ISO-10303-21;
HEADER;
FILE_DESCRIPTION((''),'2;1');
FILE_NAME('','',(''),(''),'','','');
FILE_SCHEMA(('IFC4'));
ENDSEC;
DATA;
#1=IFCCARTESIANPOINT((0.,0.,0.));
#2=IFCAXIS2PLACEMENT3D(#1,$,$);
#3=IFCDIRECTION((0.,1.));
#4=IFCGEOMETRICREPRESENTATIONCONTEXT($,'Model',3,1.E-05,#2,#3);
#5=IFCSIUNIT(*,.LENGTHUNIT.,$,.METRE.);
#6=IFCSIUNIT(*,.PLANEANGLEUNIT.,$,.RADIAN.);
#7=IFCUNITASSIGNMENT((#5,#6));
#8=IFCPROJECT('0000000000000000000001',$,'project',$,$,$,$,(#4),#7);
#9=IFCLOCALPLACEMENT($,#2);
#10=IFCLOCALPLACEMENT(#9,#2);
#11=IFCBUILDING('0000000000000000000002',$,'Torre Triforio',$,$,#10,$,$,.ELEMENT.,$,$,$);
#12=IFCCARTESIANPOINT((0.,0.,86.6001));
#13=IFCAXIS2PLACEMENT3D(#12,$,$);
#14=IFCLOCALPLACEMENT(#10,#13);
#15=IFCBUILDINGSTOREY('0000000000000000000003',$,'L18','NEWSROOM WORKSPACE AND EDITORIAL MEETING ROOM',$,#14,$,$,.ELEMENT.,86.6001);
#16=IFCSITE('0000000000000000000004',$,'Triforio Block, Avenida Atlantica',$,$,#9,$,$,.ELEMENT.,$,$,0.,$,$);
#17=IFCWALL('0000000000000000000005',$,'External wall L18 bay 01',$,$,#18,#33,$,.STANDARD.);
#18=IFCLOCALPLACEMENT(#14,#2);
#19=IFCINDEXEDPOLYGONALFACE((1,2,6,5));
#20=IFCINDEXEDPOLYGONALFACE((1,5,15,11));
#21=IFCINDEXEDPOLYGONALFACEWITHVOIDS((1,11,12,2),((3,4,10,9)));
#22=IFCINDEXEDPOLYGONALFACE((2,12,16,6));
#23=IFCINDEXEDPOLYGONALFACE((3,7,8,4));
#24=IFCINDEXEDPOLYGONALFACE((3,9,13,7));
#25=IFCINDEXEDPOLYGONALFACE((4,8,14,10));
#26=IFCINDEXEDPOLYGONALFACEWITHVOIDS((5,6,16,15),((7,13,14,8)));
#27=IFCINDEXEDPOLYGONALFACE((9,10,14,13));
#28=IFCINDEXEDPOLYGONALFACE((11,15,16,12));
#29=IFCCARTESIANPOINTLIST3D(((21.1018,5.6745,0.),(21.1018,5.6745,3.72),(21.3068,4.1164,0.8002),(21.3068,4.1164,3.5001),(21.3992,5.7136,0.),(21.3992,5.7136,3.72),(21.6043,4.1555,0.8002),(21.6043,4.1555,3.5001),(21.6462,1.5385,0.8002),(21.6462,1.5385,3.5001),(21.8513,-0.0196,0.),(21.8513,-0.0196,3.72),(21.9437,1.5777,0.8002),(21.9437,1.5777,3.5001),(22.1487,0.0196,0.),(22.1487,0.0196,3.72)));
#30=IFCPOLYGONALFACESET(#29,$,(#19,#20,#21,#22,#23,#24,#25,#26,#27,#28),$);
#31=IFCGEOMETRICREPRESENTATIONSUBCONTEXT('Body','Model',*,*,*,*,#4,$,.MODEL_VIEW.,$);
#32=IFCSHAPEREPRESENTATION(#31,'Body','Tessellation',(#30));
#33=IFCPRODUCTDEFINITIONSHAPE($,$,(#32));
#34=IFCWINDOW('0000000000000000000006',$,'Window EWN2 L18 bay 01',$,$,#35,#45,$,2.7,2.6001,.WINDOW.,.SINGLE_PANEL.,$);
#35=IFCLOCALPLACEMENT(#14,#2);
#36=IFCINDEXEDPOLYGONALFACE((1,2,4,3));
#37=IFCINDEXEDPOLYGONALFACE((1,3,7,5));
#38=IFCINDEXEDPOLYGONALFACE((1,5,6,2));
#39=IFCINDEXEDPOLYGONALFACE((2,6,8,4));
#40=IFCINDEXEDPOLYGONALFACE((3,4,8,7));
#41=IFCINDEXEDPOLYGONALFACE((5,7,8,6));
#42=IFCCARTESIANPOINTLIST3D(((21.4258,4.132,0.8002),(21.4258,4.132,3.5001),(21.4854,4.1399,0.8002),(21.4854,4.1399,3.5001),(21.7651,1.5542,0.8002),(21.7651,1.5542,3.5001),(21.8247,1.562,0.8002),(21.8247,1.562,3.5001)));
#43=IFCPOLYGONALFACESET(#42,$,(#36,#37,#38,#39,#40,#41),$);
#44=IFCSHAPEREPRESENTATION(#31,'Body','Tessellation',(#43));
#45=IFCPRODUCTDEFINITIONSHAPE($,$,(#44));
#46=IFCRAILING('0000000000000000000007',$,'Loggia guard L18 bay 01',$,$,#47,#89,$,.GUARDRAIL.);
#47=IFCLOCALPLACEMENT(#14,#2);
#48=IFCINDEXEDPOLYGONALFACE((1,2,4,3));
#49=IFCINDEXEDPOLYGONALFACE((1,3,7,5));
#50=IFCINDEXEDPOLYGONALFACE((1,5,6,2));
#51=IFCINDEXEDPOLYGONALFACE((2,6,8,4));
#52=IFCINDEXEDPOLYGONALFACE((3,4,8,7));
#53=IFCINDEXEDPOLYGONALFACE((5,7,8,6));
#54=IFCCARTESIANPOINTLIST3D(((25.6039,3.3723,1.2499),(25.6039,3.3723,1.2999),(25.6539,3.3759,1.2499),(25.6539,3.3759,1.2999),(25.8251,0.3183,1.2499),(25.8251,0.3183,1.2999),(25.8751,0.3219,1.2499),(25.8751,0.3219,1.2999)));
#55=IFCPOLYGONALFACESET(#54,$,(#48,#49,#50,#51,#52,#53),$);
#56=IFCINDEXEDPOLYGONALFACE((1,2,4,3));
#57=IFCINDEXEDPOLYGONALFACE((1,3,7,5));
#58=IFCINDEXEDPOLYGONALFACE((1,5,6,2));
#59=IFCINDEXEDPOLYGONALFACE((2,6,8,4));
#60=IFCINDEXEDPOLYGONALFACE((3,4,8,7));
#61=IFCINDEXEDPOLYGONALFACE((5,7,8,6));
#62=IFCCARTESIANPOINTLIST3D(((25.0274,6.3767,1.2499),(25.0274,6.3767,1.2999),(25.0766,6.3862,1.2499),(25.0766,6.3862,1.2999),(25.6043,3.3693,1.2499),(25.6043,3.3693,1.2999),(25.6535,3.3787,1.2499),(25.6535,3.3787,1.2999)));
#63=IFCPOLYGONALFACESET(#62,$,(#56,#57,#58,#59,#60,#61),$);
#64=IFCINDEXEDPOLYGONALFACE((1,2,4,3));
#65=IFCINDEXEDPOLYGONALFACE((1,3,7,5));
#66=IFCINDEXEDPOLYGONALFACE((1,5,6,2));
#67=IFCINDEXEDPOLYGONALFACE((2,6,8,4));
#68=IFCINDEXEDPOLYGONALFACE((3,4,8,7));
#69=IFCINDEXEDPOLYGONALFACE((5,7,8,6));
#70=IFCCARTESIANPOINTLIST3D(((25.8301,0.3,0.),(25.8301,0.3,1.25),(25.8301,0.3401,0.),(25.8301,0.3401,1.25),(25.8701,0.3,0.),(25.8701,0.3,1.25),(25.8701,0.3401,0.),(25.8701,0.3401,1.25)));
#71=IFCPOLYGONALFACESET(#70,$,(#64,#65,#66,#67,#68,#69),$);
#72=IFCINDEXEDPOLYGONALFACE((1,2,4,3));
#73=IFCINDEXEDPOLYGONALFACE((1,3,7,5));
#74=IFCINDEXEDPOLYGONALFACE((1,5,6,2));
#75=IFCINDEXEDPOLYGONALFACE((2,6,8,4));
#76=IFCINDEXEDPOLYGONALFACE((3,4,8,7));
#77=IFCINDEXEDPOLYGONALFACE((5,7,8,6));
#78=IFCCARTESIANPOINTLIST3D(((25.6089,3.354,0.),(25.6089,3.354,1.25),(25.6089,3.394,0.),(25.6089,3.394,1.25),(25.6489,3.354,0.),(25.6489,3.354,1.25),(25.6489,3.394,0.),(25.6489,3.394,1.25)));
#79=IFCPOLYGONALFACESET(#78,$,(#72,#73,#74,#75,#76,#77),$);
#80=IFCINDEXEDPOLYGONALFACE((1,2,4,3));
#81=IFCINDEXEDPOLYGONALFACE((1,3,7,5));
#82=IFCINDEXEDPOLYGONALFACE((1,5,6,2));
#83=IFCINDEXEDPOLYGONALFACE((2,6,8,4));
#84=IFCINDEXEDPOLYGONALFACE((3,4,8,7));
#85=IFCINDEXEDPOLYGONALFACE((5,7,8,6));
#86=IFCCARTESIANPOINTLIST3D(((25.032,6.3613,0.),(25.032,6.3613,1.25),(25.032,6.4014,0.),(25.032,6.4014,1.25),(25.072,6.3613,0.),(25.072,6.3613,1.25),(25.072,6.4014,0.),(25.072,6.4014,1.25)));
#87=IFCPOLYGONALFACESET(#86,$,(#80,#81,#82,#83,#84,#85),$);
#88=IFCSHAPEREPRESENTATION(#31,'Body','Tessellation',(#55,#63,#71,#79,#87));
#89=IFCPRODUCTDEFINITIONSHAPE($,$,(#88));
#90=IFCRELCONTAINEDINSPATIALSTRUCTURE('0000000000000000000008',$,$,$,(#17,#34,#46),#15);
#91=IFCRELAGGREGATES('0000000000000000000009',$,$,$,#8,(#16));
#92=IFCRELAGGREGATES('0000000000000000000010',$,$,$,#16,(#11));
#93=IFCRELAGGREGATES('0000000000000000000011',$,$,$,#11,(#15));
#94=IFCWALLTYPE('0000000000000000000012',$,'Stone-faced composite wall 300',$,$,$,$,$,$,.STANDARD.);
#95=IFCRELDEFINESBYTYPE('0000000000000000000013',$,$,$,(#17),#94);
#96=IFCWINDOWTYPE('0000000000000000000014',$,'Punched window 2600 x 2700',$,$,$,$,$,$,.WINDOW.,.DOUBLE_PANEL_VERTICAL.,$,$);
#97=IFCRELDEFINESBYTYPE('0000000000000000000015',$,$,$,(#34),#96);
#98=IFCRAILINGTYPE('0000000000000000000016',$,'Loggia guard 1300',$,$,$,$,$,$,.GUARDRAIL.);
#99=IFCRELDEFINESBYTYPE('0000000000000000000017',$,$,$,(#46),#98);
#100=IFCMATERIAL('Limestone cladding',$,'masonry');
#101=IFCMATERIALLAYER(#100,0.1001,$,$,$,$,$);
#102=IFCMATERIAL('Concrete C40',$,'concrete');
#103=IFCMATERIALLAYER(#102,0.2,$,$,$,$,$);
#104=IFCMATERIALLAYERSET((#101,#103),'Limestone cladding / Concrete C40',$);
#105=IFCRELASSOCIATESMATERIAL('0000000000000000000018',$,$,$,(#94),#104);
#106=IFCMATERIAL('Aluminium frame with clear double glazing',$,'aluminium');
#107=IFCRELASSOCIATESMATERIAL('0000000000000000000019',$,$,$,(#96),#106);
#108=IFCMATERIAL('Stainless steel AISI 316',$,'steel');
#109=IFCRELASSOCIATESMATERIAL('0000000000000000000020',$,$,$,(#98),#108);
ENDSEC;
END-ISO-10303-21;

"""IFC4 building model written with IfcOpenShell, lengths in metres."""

from ifc_helpers import new_model, si_unit, direction, frame, frame_2d, origin, origin_2d, place, context, subcontext, project, spatial, rectangle, extrude, material, layer, layer_set, type_object, element, fill, save


model = new_model("IFC4")

# Units and contexts
model_context = context("Model", 3, precision=1e-05, world=origin(), true_north=direction((0.0, 1.0)))
body_context = subcontext(model_context, "Body", "Model", "MODEL_VIEW")
ifc_project = project(units=[si_unit("LENGTHUNIT", "METRE"), si_unit("PLANEANGLEUNIT", "RADIAN")], contexts=[model_context])

# Site, building, storey
site_placement = place(None, origin())
site = spatial("IfcSite", under=ifc_project, at=site_placement, Name="Triforio Block, Avenida Atlantica", CompositionType="ELEMENT", RefElevation=0.0)
building_placement = place(site_placement, origin())
building = spatial("IfcBuilding", under=site, at=building_placement, Name="Torre Triforio", CompositionType="ELEMENT")
storey_placement = place(building_placement, frame((0.0, 0.0, 86.6001)))
storey = spatial("IfcBuildingStorey", under=building, at=storey_placement, Name="L18", Description="NEWSROOM WORKSPACE AND EDITORIAL MEETING ROOM", CompositionType="ELEMENT", Elevation=86.6001)

# Shared definitions
ifc_material_1 = material(Name="Limestone cladding", Category="masonry")
ifc_material_2 = material(Name="Concrete C40", Category="concrete")

# Wall, opening, window
ifc_layer_1 = layer(ifc_material_1, 0.1001)
ifc_layer_2 = layer(ifc_material_2, 0.2)
ifc_layer_set_1 = layer_set([ifc_layer_1, ifc_layer_2], Name="Limestone cladding / Concrete C40")
wall_type_1 = type_object("IfcWallType", Name="Stone-faced composite wall 300", PredefinedType="STANDARD", material=ifc_layer_set_1)
wall_1_placement = place(storey_placement, frame((22.0, 0.0, 0.0), z_axis=(0.0, 0.0, 1.0), x_axis=(-0.130504, 0.991448, 0.0)))
wall_1 = element("IfcWall", 1, at=wall_1_placement, inside=storey, type_object=wall_type_1, Name="External wall L18 bay 01", PredefinedType="STANDARD", context=body_context, shape_type="SweptSolid", body=[
    extrude(rectangle(XDim=5.7432, YDim=0.3, at=frame_2d((2.8716, 0.0))), origin(), (0.0, 0.0, 1.0), 3.72),
])
opening_1_placement = place(wall_1_placement, frame((1.5715, 0.0, 0.8)))
opening_1 = element("IfcOpeningElement", 2, at=opening_1_placement, cuts=wall_1, PredefinedType="OPENING", context=body_context, shape_type="SweptSolid", body=[
    extrude(rectangle(XDim=2.6001, YDim=2.7, at=frame_2d((1.3, 1.3501))), frame((0.0, 0.1599, 0.0), z_axis=(0.0, -1.0, 0.0), x_axis=(1.0, 0.0, 0.0)), (0.0, 0.0, 1.0), 0.3201),
])
ifc_material_3 = material(Name="Aluminium frame with clear double glazing", Category="aluminium")
window_type_1 = type_object("IfcWindowType", Name="Punched window 2600 x 2700", PartitioningType="DOUBLE_PANEL_VERTICAL", PredefinedType="WINDOW", material=ifc_material_3)
window_1_placement = place(opening_1_placement, origin())
window_1 = element("IfcWindow", 3, at=window_1_placement, inside=storey, type_object=window_type_1, Name="Window EWN2 L18 bay 01", OverallHeight=2.7, OverallWidth=2.6001, PartitioningType="SINGLE_PANEL", PredefinedType="WINDOW", context=body_context, shape_type="SweptSolid", body=[
    extrude(rectangle(XDim=2.6001, YDim=2.7, at=frame_2d((1.3, 1.3501))), frame((0.0, 0.03, 0.0), z_axis=(0.0, -1.0, 0.0), x_axis=(1.0, 0.0, 0.0)), (0.0, 0.0, 1.0), 0.0601),
])
fill(opening_1, window_1)

# Railing
ifc_material_4 = material(Name="Stainless steel AISI 316", Category="steel")
railing_type = type_object("IfcRailingType", Name="Loggia guard 1300", PredefinedType="GUARDRAIL", material=ifc_material_4)
railing_placement = place(storey_placement, frame((25.8501, 0.3201, 0.0)))
element("IfcRailing", 4, at=railing_placement, inside=storey, type_object=railing_type, Name="Loggia guard L18 bay 01", PredefinedType="GUARDRAIL", context=body_context, shape_type="SweptSolid", body=[
    extrude(rectangle(XDim=0.05, YDim=0.05, at=origin_2d()), frame((0.0, 0.0, 1.2749), z_axis=(-0.072239, 0.997387, 0.0), x_axis=(-0.997387, -0.072239, 0.0)), (0.0, 0.0, 1.0), 3.062),
    extrude(rectangle(XDim=0.05, YDim=0.05, at=origin_2d()), frame((-0.2212, 3.054, 1.2749), z_axis=(-0.188398, 0.982093, 0.0), x_axis=(-0.982093, -0.188398, 0.0)), (0.0, 0.0, 1.0), 3.0623),
    extrude(rectangle(XDim=0.04, YDim=0.04, at=origin_2d()), origin(), (0.0, 0.0, 1.0), 1.25),
    extrude(rectangle(XDim=0.04, YDim=0.04, at=origin_2d()), frame((-0.2212, 3.054, 0.0)), (0.0, 0.0, 1.0), 1.25),
    extrude(rectangle(XDim=0.04, YDim=0.04, at=origin_2d()), frame((-0.7981, 6.0613, 0.0)), (0.0, 0.0, 1.0), 1.25),
])

save(model, "model.ifc")
